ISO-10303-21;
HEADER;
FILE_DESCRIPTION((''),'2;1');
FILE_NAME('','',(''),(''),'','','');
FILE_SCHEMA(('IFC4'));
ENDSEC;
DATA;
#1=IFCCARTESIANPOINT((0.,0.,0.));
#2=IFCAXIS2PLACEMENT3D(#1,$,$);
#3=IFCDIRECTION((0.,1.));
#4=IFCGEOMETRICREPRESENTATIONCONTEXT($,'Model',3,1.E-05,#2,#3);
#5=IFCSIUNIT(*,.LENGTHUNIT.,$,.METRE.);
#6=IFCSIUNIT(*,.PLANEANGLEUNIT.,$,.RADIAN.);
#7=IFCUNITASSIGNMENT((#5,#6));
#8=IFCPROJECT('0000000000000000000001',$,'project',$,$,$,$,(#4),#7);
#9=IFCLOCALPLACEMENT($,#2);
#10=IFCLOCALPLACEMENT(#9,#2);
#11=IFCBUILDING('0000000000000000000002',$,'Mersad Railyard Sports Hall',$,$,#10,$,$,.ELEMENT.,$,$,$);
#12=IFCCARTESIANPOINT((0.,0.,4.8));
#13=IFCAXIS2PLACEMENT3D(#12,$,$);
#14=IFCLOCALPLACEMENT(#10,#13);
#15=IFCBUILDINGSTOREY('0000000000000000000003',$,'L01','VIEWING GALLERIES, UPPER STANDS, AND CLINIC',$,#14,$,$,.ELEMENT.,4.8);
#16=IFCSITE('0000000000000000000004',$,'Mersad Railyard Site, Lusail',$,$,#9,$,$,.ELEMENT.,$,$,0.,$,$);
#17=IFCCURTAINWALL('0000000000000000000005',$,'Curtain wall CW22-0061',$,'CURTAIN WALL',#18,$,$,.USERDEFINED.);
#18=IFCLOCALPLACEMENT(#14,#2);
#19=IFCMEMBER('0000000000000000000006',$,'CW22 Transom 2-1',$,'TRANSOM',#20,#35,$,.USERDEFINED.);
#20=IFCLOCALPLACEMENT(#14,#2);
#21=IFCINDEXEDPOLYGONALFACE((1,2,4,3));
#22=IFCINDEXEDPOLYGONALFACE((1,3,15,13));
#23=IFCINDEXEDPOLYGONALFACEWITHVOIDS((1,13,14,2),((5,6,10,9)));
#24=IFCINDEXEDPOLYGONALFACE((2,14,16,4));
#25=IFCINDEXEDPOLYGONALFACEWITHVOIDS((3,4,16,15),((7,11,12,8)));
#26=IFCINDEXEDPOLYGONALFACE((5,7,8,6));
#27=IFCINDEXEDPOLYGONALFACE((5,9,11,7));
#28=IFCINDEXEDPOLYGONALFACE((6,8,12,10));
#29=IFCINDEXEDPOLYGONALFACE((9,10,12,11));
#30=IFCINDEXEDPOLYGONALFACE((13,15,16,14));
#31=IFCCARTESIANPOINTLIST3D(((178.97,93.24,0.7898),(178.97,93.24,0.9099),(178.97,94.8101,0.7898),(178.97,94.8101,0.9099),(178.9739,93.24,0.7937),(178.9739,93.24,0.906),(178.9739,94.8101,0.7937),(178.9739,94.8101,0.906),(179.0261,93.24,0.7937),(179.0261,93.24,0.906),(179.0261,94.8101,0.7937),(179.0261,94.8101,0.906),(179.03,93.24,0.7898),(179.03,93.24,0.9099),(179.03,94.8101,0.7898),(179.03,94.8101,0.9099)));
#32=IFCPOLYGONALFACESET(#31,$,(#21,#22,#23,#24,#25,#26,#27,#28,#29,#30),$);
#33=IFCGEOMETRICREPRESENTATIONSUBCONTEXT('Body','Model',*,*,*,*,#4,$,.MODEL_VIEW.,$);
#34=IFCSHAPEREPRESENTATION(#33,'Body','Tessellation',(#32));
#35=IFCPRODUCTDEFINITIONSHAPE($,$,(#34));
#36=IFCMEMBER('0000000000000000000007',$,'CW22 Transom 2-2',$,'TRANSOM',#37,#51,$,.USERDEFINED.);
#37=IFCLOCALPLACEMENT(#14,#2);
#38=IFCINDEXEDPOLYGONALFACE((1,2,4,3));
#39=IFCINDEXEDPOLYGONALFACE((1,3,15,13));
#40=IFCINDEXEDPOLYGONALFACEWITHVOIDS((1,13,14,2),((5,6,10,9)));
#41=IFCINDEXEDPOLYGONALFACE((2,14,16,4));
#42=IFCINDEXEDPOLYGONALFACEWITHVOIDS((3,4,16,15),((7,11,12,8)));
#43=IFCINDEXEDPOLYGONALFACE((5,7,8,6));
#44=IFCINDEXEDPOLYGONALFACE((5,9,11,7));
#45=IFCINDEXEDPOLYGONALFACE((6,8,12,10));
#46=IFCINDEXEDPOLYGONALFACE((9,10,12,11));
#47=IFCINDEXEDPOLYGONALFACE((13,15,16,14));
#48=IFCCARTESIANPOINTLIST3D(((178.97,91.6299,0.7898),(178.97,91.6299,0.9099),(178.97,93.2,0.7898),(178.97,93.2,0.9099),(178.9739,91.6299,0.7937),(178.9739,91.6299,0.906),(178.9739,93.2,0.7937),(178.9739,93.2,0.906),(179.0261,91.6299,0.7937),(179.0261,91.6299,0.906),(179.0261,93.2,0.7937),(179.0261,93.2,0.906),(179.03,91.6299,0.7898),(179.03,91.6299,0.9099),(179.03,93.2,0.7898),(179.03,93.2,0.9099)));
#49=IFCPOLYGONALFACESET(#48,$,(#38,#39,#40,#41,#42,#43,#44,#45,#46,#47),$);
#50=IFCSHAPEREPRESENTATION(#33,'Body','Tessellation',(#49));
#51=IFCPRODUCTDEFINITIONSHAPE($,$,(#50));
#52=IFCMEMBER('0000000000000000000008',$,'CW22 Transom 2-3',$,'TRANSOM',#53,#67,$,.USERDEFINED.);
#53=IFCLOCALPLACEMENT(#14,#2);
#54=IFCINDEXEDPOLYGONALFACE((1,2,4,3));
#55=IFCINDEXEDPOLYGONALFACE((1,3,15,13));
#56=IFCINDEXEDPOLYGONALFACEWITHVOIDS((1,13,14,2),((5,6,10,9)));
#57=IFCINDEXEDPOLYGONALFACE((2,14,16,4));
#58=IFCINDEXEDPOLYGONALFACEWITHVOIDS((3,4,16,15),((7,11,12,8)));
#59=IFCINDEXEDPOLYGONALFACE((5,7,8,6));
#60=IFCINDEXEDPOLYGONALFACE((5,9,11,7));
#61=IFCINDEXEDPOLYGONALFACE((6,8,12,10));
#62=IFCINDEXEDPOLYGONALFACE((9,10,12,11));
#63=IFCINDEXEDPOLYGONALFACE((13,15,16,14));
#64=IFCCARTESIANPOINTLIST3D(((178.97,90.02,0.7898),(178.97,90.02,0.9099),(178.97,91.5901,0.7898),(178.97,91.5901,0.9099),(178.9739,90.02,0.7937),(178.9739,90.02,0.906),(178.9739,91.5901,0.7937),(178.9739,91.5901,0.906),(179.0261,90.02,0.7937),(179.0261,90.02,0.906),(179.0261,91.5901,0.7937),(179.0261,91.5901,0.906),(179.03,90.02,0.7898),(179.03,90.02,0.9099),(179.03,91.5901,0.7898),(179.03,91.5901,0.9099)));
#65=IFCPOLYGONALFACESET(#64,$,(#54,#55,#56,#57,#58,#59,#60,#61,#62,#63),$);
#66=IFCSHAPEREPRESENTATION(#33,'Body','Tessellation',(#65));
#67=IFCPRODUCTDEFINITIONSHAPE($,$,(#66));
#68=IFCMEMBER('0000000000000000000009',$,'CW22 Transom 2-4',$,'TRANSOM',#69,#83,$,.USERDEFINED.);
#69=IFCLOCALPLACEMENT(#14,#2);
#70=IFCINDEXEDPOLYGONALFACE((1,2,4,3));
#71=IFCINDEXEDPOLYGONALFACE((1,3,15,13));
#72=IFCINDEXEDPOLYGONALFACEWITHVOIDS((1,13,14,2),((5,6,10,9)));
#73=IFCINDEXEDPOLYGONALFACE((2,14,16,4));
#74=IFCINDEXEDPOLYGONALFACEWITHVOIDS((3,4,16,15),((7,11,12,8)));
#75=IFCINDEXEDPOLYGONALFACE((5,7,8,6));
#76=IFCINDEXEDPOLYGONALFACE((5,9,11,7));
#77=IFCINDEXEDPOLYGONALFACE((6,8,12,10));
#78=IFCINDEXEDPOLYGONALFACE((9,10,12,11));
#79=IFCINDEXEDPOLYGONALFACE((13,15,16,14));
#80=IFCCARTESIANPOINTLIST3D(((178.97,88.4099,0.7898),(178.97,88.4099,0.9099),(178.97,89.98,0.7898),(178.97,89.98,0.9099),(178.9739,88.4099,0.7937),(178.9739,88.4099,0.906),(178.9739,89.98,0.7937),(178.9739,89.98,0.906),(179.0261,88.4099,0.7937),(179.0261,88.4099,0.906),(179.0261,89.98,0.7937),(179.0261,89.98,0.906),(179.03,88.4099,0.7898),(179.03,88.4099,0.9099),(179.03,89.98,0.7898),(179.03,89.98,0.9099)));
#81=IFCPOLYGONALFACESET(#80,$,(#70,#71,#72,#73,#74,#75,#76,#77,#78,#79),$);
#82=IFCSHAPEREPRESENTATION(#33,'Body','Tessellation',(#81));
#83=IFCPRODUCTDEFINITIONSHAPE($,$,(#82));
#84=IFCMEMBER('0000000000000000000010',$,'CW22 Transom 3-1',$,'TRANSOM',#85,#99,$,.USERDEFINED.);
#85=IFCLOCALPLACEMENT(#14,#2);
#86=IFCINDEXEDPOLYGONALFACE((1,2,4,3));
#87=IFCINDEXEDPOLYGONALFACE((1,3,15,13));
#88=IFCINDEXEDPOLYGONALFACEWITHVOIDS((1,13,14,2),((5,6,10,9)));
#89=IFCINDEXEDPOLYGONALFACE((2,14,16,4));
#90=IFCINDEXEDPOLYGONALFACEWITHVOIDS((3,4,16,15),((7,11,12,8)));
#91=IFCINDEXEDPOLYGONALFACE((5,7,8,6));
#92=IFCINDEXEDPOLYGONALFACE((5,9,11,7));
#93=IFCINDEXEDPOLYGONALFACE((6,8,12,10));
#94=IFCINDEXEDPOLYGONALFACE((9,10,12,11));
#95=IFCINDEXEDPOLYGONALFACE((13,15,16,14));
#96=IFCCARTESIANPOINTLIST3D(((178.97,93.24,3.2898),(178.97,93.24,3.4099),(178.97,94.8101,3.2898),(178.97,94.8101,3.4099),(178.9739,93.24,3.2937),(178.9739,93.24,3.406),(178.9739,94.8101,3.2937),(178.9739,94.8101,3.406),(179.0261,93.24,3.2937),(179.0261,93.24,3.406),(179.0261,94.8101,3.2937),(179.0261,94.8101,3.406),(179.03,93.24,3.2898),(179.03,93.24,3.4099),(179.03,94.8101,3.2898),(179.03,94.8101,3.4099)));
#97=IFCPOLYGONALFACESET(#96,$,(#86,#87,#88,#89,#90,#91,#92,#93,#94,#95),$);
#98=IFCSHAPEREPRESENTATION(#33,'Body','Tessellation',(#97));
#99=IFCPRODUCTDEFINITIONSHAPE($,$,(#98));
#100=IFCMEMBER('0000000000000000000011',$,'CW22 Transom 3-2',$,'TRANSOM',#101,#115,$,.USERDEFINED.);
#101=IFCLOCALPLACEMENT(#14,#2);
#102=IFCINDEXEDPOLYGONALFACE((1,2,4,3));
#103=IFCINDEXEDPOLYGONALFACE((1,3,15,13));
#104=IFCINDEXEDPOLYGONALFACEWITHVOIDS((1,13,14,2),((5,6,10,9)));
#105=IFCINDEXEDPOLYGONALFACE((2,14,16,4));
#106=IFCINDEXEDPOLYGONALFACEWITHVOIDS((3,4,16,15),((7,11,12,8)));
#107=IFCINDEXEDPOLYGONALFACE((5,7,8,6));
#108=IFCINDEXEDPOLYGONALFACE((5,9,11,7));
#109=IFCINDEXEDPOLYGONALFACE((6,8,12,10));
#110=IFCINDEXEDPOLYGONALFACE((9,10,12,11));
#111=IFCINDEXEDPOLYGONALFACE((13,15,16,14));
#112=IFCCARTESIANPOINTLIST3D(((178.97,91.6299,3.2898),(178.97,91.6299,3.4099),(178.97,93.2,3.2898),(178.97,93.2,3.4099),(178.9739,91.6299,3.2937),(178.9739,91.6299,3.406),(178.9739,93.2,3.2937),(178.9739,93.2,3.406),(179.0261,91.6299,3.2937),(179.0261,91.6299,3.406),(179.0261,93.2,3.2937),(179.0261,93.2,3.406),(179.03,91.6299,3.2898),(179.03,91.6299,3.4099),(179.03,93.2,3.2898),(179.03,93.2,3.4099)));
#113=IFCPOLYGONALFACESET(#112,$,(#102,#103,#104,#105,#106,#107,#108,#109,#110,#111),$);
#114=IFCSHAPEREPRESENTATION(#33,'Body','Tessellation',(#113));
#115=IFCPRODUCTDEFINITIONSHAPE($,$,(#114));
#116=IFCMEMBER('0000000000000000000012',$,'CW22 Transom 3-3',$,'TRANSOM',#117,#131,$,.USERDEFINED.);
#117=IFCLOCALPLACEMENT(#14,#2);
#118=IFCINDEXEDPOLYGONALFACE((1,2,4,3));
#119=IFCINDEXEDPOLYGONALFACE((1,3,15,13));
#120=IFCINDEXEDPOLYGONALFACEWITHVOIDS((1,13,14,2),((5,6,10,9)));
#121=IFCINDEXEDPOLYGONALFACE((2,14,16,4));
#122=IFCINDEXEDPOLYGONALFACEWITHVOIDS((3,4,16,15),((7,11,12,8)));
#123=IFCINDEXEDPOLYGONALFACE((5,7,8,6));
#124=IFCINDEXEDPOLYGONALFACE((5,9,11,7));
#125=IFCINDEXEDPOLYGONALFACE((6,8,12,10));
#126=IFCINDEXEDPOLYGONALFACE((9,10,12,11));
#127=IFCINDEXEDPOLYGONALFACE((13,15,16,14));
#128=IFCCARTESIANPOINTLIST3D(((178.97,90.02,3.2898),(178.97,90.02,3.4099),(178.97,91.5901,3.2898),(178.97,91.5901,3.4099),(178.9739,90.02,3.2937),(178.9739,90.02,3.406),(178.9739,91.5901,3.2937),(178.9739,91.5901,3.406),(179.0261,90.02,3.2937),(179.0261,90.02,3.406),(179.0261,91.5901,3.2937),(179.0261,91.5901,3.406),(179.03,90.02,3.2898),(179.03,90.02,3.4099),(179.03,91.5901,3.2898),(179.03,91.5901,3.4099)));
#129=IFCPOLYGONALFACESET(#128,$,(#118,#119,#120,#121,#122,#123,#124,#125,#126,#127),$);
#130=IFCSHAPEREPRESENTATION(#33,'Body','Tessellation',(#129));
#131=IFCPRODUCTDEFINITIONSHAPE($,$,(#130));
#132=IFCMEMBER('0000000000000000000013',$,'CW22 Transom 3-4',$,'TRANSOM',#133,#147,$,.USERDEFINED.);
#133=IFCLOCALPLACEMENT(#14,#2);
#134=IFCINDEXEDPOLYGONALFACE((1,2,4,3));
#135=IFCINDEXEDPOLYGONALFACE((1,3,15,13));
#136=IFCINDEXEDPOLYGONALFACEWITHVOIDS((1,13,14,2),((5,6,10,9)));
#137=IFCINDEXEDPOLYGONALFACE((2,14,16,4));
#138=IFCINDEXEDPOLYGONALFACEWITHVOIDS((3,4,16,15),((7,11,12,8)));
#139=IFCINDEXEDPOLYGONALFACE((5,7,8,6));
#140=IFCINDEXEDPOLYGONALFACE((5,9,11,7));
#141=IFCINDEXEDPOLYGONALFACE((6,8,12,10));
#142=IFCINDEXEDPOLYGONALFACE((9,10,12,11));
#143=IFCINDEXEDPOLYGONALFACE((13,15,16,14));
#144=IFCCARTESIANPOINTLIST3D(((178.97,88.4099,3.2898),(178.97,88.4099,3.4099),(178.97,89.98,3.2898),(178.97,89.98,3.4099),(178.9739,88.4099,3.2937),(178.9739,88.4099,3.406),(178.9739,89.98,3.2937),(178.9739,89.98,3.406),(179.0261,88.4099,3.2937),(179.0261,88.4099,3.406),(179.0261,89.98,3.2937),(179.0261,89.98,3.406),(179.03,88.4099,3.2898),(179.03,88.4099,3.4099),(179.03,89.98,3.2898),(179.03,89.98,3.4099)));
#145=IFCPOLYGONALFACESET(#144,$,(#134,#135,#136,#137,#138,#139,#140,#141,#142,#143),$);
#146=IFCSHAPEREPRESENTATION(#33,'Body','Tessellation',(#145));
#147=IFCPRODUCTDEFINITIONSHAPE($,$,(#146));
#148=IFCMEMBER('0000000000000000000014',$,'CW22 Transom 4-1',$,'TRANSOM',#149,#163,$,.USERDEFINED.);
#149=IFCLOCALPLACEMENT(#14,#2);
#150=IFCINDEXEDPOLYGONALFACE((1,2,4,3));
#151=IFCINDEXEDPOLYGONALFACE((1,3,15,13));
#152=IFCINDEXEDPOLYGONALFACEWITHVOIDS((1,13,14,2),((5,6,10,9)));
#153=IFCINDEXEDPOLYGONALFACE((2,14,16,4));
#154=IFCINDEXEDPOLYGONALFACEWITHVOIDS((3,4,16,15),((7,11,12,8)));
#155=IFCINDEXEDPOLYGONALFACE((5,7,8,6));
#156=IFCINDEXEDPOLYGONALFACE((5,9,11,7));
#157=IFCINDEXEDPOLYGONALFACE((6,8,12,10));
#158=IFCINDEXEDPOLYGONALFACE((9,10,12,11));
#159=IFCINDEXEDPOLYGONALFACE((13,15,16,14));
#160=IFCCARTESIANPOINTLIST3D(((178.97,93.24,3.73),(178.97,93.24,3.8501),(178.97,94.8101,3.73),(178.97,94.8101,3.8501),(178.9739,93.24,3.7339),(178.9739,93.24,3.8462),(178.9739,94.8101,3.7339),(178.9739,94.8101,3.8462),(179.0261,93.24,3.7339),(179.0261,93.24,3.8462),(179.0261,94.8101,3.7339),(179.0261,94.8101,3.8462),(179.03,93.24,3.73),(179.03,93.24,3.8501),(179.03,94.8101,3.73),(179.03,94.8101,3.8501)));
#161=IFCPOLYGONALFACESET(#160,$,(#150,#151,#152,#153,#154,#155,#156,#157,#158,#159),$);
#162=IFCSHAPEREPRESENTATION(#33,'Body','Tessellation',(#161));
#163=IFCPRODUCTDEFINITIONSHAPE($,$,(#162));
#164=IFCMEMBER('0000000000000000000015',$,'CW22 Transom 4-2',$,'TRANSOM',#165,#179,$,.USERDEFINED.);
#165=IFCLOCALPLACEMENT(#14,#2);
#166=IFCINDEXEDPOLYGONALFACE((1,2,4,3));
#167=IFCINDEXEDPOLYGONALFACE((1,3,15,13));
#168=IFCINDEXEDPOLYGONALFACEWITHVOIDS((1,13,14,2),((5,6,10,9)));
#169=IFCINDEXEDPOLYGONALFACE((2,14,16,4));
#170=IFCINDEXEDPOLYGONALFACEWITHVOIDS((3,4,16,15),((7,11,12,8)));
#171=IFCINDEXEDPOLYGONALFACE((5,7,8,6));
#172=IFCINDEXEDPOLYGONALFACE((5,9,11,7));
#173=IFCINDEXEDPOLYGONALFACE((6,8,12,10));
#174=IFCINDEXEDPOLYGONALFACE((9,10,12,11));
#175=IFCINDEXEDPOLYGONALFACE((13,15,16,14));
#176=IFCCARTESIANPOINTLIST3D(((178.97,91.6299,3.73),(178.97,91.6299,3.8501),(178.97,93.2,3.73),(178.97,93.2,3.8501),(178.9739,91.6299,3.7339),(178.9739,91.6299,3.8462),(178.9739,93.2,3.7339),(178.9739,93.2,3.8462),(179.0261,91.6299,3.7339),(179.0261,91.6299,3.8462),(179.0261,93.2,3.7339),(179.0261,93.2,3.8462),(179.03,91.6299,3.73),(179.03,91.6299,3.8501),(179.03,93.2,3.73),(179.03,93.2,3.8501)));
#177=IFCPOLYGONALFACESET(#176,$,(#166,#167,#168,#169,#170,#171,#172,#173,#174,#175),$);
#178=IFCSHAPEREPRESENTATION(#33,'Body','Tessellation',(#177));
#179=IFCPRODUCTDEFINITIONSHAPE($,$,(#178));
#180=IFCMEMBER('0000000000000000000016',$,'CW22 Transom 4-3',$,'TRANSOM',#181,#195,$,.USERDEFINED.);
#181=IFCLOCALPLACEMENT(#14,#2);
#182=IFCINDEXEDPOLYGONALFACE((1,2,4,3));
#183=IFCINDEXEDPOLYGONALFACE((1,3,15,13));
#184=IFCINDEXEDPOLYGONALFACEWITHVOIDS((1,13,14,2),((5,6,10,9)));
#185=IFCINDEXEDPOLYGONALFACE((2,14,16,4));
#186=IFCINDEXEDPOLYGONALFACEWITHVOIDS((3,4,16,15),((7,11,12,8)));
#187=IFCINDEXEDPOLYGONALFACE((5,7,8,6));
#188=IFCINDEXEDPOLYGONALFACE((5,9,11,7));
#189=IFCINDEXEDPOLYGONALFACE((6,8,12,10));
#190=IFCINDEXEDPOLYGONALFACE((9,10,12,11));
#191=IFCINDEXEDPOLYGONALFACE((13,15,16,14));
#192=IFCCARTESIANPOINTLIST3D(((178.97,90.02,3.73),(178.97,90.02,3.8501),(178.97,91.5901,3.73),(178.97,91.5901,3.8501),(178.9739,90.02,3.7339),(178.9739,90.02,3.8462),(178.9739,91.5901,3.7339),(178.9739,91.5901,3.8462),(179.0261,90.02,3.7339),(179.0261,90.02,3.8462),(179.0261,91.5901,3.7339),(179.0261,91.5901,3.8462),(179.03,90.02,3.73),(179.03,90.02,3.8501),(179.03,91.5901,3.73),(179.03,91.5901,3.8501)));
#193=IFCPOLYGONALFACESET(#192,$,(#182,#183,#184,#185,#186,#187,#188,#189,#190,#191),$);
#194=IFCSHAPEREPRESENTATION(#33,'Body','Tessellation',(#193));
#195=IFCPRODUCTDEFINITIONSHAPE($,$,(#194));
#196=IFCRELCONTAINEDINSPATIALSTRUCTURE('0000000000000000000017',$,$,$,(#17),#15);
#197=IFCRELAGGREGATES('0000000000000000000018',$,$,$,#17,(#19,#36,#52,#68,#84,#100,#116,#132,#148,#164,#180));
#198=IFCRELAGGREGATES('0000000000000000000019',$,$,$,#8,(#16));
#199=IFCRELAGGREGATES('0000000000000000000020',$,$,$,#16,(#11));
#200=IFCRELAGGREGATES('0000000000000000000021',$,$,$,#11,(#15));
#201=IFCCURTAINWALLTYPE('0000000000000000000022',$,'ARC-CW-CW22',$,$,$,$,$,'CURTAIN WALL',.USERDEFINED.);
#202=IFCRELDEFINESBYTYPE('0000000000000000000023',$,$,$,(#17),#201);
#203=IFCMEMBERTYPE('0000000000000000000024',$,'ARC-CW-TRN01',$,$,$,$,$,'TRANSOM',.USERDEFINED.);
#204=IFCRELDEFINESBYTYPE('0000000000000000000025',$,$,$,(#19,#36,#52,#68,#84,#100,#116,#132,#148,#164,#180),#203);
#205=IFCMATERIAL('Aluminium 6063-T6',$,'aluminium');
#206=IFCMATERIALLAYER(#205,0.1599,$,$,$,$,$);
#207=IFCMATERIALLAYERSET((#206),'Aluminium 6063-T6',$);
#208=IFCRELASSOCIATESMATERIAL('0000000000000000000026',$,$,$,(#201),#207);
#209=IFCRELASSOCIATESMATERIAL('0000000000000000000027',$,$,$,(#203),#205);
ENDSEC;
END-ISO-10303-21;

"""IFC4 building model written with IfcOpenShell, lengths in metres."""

from ifc_helpers import new_model, si_unit, direction, frame, origin, origin_2d, place, context, subcontext, project, spatial, hollow_rectangle, extrude, material, layer, layer_set, material_profile, profile_set, type_object, element, aggregate, save


model = new_model("IFC4")

# Units and contexts
model_context = context("Model", 3, precision=1e-05, world=origin(), true_north=direction((0.0, 1.0)))
body_context = subcontext(model_context, "Body", "Model", "MODEL_VIEW")
ifc_project = project(units=[si_unit("LENGTHUNIT", "METRE"), si_unit("PLANEANGLEUNIT", "RADIAN")], contexts=[model_context])

# Site, building, storey
site_placement = place(None, origin())
site = spatial("IfcSite", under=ifc_project, at=site_placement, Name="Mersad Railyard Site, Lusail", CompositionType="ELEMENT", RefElevation=0.0)
building_placement = place(site_placement, origin())
building = spatial("IfcBuilding", under=site, at=building_placement, Name="Mersad Railyard Sports Hall", CompositionType="ELEMENT")
storey_placement = place(building_placement, frame((0.0, 0.0, 4.8)))
storey = spatial("IfcBuildingStorey", under=building, at=storey_placement, Name="L01", Description="VIEWING GALLERIES, UPPER STANDS, AND CLINIC", CompositionType="ELEMENT", Elevation=4.8)

# Curtain wall, members
ifc_material_1 = material(Name="Aluminium 6063-T6", Category="aluminium")
ifc_layer_1 = layer(ifc_material_1, 0.1599)
ifc_layer_set_1 = layer_set([ifc_layer_1], Name="Aluminium 6063-T6")
curtain_wall_type = type_object("IfcCurtainWallType", Name="ARC-CW-CW22", ElementType="CURTAIN WALL", PredefinedType="USERDEFINED", material=ifc_layer_set_1)
curtain_wall_placement = place(storey_placement, origin())
curtain_wall = element("IfcCurtainWall", 1, at=curtain_wall_placement, inside=storey, type_object=curtain_wall_type, Name="Curtain wall CW22-0061", ObjectType="CURTAIN WALL", PredefinedType="USERDEFINED")
ifc_material_profile_1 = material_profile(ifc_material_1, hollow_rectangle(XDim=0.0601, YDim=0.1201, WallThickness=0.0039, at=origin_2d()), Name="AL TRANSOM 60x120x4")
ifc_profile_set_1 = profile_set([ifc_material_profile_1], Name="Aluminium 6063-T6")
member_type_1 = type_object("IfcMemberType", Name="ARC-CW-TRN01", ElementType="TRANSOM", PredefinedType="USERDEFINED", material=ifc_profile_set_1)
member_1_placement = place(storey_placement, frame((179.0, 94.8101, 0.8499), z_axis=(0.0, -1.0, 0.0), x_axis=(1.0, 0.0, 0.0)))
member_1 = element("IfcMember", 2, at=member_1_placement, type_object=member_type_1, Name="CW22 Transom 2-1", ObjectType="TRANSOM", PredefinedType="USERDEFINED", context=body_context, shape_type="SweptSolid", body=[
    extrude(hollow_rectangle(XDim=0.0601, YDim=0.1201, WallThickness=0.0039, at=origin_2d()), origin(), (0.0, 0.0, 1.0), 1.5701),
])
member_2_placement = place(storey_placement, frame((179.0, 93.2, 0.8499), z_axis=(0.0, -1.0, 0.0), x_axis=(1.0, 0.0, 0.0)))
member_2 = element("IfcMember", 3, at=member_2_placement, type_object=member_type_1, Name="CW22 Transom 2-2", ObjectType="TRANSOM", PredefinedType="USERDEFINED", context=body_context, shape_type="SweptSolid", body=[
    extrude(hollow_rectangle(XDim=0.0601, YDim=0.1201, WallThickness=0.0039, at=origin_2d()), origin(), (0.0, 0.0, 1.0), 1.5701),
])
member_3_placement = place(storey_placement, frame((179.0, 91.5901, 0.8499), z_axis=(0.0, -1.0, 0.0), x_axis=(1.0, 0.0, 0.0)))
member_3 = element("IfcMember", 4, at=member_3_placement, type_object=member_type_1, Name="CW22 Transom 2-3", ObjectType="TRANSOM", PredefinedType="USERDEFINED", context=body_context, shape_type="SweptSolid", body=[
    extrude(hollow_rectangle(XDim=0.0601, YDim=0.1201, WallThickness=0.0039, at=origin_2d()), origin(), (0.0, 0.0, 1.0), 1.5701),
])
member_4_placement = place(storey_placement, frame((179.0, 89.98, 0.8499), z_axis=(0.0, -1.0, 0.0), x_axis=(1.0, 0.0, 0.0)))
member_4 = element("IfcMember", 5, at=member_4_placement, type_object=member_type_1, Name="CW22 Transom 2-4", ObjectType="TRANSOM", PredefinedType="USERDEFINED", context=body_context, shape_type="SweptSolid", body=[
    extrude(hollow_rectangle(XDim=0.0601, YDim=0.1201, WallThickness=0.0039, at=origin_2d()), origin(), (0.0, 0.0, 1.0), 1.5701),
])
member_5_placement = place(storey_placement, frame((179.0, 94.8101, 3.3499), z_axis=(0.0, -1.0, 0.0), x_axis=(1.0, 0.0, 0.0)))
member_5 = element("IfcMember", 6, at=member_5_placement, type_object=member_type_1, Name="CW22 Transom 3-1", ObjectType="TRANSOM", PredefinedType="USERDEFINED", context=body_context, shape_type="SweptSolid", body=[
    extrude(hollow_rectangle(XDim=0.0601, YDim=0.1201, WallThickness=0.0039, at=origin_2d()), origin(), (0.0, 0.0, 1.0), 1.5701),
])
member_6_placement = place(storey_placement, frame((179.0, 93.2, 3.3499), z_axis=(0.0, -1.0, 0.0), x_axis=(1.0, 0.0, 0.0)))
member_6 = element("IfcMember", 7, at=member_6_placement, type_object=member_type_1, Name="CW22 Transom 3-2", ObjectType="TRANSOM", PredefinedType="USERDEFINED", context=body_context, shape_type="SweptSolid", body=[
    extrude(hollow_rectangle(XDim=0.0601, YDim=0.1201, WallThickness=0.0039, at=origin_2d()), origin(), (0.0, 0.0, 1.0), 1.5701),
])
member_7_placement = place(storey_placement, frame((179.0, 91.5901, 3.3499), z_axis=(0.0, -1.0, 0.0), x_axis=(1.0, 0.0, 0.0)))
member_7 = element("IfcMember", 8, at=member_7_placement, type_object=member_type_1, Name="CW22 Transom 3-3", ObjectType="TRANSOM", PredefinedType="USERDEFINED", context=body_context, shape_type="SweptSolid", body=[
    extrude(hollow_rectangle(XDim=0.0601, YDim=0.1201, WallThickness=0.0039, at=origin_2d()), origin(), (0.0, 0.0, 1.0), 1.5701),
])
member_8_placement = place(storey_placement, frame((179.0, 89.98, 3.3499), z_axis=(0.0, -1.0, 0.0), x_axis=(1.0, 0.0, 0.0)))
member_8 = element("IfcMember", 9, at=member_8_placement, type_object=member_type_1, Name="CW22 Transom 3-4", ObjectType="TRANSOM", PredefinedType="USERDEFINED", context=body_context, shape_type="SweptSolid", body=[
    extrude(hollow_rectangle(XDim=0.0601, YDim=0.1201, WallThickness=0.0039, at=origin_2d()), origin(), (0.0, 0.0, 1.0), 1.5701),
])
member_9_placement = place(storey_placement, frame((179.0, 94.8101, 3.79), z_axis=(0.0, -1.0, 0.0), x_axis=(1.0, 0.0, 0.0)))
member_9 = element("IfcMember", 10, at=member_9_placement, type_object=member_type_1, Name="CW22 Transom 4-1", ObjectType="TRANSOM", PredefinedType="USERDEFINED", context=body_context, shape_type="SweptSolid", body=[
    extrude(hollow_rectangle(XDim=0.0601, YDim=0.1201, WallThickness=0.0039, at=origin_2d()), origin(), (0.0, 0.0, 1.0), 1.5701),
])
member_10_placement = place(storey_placement, frame((179.0, 93.2, 3.79), z_axis=(0.0, -1.0, 0.0), x_axis=(1.0, 0.0, 0.0)))
member_10 = element("IfcMember", 11, at=member_10_placement, type_object=member_type_1, Name="CW22 Transom 4-2", ObjectType="TRANSOM", PredefinedType="USERDEFINED", context=body_context, shape_type="SweptSolid", body=[
    extrude(hollow_rectangle(XDim=0.0601, YDim=0.1201, WallThickness=0.0039, at=origin_2d()), origin(), (0.0, 0.0, 1.0), 1.5701),
])
member_11_placement = place(storey_placement, frame((179.0, 91.5901, 3.79), z_axis=(0.0, -1.0, 0.0), x_axis=(1.0, 0.0, 0.0)))
member_11 = element("IfcMember", 12, at=member_11_placement, type_object=member_type_1, Name="CW22 Transom 4-3", ObjectType="TRANSOM", PredefinedType="USERDEFINED", context=body_context, shape_type="SweptSolid", body=[
    extrude(hollow_rectangle(XDim=0.0601, YDim=0.1201, WallThickness=0.0039, at=origin_2d()), origin(), (0.0, 0.0, 1.0), 1.5701),
])

aggregate(curtain_wall, [member_1, member_2, member_3, member_4, member_5, member_6, member_7, member_8, member_9, member_10, member_11])

save(model, "model.ifc")
